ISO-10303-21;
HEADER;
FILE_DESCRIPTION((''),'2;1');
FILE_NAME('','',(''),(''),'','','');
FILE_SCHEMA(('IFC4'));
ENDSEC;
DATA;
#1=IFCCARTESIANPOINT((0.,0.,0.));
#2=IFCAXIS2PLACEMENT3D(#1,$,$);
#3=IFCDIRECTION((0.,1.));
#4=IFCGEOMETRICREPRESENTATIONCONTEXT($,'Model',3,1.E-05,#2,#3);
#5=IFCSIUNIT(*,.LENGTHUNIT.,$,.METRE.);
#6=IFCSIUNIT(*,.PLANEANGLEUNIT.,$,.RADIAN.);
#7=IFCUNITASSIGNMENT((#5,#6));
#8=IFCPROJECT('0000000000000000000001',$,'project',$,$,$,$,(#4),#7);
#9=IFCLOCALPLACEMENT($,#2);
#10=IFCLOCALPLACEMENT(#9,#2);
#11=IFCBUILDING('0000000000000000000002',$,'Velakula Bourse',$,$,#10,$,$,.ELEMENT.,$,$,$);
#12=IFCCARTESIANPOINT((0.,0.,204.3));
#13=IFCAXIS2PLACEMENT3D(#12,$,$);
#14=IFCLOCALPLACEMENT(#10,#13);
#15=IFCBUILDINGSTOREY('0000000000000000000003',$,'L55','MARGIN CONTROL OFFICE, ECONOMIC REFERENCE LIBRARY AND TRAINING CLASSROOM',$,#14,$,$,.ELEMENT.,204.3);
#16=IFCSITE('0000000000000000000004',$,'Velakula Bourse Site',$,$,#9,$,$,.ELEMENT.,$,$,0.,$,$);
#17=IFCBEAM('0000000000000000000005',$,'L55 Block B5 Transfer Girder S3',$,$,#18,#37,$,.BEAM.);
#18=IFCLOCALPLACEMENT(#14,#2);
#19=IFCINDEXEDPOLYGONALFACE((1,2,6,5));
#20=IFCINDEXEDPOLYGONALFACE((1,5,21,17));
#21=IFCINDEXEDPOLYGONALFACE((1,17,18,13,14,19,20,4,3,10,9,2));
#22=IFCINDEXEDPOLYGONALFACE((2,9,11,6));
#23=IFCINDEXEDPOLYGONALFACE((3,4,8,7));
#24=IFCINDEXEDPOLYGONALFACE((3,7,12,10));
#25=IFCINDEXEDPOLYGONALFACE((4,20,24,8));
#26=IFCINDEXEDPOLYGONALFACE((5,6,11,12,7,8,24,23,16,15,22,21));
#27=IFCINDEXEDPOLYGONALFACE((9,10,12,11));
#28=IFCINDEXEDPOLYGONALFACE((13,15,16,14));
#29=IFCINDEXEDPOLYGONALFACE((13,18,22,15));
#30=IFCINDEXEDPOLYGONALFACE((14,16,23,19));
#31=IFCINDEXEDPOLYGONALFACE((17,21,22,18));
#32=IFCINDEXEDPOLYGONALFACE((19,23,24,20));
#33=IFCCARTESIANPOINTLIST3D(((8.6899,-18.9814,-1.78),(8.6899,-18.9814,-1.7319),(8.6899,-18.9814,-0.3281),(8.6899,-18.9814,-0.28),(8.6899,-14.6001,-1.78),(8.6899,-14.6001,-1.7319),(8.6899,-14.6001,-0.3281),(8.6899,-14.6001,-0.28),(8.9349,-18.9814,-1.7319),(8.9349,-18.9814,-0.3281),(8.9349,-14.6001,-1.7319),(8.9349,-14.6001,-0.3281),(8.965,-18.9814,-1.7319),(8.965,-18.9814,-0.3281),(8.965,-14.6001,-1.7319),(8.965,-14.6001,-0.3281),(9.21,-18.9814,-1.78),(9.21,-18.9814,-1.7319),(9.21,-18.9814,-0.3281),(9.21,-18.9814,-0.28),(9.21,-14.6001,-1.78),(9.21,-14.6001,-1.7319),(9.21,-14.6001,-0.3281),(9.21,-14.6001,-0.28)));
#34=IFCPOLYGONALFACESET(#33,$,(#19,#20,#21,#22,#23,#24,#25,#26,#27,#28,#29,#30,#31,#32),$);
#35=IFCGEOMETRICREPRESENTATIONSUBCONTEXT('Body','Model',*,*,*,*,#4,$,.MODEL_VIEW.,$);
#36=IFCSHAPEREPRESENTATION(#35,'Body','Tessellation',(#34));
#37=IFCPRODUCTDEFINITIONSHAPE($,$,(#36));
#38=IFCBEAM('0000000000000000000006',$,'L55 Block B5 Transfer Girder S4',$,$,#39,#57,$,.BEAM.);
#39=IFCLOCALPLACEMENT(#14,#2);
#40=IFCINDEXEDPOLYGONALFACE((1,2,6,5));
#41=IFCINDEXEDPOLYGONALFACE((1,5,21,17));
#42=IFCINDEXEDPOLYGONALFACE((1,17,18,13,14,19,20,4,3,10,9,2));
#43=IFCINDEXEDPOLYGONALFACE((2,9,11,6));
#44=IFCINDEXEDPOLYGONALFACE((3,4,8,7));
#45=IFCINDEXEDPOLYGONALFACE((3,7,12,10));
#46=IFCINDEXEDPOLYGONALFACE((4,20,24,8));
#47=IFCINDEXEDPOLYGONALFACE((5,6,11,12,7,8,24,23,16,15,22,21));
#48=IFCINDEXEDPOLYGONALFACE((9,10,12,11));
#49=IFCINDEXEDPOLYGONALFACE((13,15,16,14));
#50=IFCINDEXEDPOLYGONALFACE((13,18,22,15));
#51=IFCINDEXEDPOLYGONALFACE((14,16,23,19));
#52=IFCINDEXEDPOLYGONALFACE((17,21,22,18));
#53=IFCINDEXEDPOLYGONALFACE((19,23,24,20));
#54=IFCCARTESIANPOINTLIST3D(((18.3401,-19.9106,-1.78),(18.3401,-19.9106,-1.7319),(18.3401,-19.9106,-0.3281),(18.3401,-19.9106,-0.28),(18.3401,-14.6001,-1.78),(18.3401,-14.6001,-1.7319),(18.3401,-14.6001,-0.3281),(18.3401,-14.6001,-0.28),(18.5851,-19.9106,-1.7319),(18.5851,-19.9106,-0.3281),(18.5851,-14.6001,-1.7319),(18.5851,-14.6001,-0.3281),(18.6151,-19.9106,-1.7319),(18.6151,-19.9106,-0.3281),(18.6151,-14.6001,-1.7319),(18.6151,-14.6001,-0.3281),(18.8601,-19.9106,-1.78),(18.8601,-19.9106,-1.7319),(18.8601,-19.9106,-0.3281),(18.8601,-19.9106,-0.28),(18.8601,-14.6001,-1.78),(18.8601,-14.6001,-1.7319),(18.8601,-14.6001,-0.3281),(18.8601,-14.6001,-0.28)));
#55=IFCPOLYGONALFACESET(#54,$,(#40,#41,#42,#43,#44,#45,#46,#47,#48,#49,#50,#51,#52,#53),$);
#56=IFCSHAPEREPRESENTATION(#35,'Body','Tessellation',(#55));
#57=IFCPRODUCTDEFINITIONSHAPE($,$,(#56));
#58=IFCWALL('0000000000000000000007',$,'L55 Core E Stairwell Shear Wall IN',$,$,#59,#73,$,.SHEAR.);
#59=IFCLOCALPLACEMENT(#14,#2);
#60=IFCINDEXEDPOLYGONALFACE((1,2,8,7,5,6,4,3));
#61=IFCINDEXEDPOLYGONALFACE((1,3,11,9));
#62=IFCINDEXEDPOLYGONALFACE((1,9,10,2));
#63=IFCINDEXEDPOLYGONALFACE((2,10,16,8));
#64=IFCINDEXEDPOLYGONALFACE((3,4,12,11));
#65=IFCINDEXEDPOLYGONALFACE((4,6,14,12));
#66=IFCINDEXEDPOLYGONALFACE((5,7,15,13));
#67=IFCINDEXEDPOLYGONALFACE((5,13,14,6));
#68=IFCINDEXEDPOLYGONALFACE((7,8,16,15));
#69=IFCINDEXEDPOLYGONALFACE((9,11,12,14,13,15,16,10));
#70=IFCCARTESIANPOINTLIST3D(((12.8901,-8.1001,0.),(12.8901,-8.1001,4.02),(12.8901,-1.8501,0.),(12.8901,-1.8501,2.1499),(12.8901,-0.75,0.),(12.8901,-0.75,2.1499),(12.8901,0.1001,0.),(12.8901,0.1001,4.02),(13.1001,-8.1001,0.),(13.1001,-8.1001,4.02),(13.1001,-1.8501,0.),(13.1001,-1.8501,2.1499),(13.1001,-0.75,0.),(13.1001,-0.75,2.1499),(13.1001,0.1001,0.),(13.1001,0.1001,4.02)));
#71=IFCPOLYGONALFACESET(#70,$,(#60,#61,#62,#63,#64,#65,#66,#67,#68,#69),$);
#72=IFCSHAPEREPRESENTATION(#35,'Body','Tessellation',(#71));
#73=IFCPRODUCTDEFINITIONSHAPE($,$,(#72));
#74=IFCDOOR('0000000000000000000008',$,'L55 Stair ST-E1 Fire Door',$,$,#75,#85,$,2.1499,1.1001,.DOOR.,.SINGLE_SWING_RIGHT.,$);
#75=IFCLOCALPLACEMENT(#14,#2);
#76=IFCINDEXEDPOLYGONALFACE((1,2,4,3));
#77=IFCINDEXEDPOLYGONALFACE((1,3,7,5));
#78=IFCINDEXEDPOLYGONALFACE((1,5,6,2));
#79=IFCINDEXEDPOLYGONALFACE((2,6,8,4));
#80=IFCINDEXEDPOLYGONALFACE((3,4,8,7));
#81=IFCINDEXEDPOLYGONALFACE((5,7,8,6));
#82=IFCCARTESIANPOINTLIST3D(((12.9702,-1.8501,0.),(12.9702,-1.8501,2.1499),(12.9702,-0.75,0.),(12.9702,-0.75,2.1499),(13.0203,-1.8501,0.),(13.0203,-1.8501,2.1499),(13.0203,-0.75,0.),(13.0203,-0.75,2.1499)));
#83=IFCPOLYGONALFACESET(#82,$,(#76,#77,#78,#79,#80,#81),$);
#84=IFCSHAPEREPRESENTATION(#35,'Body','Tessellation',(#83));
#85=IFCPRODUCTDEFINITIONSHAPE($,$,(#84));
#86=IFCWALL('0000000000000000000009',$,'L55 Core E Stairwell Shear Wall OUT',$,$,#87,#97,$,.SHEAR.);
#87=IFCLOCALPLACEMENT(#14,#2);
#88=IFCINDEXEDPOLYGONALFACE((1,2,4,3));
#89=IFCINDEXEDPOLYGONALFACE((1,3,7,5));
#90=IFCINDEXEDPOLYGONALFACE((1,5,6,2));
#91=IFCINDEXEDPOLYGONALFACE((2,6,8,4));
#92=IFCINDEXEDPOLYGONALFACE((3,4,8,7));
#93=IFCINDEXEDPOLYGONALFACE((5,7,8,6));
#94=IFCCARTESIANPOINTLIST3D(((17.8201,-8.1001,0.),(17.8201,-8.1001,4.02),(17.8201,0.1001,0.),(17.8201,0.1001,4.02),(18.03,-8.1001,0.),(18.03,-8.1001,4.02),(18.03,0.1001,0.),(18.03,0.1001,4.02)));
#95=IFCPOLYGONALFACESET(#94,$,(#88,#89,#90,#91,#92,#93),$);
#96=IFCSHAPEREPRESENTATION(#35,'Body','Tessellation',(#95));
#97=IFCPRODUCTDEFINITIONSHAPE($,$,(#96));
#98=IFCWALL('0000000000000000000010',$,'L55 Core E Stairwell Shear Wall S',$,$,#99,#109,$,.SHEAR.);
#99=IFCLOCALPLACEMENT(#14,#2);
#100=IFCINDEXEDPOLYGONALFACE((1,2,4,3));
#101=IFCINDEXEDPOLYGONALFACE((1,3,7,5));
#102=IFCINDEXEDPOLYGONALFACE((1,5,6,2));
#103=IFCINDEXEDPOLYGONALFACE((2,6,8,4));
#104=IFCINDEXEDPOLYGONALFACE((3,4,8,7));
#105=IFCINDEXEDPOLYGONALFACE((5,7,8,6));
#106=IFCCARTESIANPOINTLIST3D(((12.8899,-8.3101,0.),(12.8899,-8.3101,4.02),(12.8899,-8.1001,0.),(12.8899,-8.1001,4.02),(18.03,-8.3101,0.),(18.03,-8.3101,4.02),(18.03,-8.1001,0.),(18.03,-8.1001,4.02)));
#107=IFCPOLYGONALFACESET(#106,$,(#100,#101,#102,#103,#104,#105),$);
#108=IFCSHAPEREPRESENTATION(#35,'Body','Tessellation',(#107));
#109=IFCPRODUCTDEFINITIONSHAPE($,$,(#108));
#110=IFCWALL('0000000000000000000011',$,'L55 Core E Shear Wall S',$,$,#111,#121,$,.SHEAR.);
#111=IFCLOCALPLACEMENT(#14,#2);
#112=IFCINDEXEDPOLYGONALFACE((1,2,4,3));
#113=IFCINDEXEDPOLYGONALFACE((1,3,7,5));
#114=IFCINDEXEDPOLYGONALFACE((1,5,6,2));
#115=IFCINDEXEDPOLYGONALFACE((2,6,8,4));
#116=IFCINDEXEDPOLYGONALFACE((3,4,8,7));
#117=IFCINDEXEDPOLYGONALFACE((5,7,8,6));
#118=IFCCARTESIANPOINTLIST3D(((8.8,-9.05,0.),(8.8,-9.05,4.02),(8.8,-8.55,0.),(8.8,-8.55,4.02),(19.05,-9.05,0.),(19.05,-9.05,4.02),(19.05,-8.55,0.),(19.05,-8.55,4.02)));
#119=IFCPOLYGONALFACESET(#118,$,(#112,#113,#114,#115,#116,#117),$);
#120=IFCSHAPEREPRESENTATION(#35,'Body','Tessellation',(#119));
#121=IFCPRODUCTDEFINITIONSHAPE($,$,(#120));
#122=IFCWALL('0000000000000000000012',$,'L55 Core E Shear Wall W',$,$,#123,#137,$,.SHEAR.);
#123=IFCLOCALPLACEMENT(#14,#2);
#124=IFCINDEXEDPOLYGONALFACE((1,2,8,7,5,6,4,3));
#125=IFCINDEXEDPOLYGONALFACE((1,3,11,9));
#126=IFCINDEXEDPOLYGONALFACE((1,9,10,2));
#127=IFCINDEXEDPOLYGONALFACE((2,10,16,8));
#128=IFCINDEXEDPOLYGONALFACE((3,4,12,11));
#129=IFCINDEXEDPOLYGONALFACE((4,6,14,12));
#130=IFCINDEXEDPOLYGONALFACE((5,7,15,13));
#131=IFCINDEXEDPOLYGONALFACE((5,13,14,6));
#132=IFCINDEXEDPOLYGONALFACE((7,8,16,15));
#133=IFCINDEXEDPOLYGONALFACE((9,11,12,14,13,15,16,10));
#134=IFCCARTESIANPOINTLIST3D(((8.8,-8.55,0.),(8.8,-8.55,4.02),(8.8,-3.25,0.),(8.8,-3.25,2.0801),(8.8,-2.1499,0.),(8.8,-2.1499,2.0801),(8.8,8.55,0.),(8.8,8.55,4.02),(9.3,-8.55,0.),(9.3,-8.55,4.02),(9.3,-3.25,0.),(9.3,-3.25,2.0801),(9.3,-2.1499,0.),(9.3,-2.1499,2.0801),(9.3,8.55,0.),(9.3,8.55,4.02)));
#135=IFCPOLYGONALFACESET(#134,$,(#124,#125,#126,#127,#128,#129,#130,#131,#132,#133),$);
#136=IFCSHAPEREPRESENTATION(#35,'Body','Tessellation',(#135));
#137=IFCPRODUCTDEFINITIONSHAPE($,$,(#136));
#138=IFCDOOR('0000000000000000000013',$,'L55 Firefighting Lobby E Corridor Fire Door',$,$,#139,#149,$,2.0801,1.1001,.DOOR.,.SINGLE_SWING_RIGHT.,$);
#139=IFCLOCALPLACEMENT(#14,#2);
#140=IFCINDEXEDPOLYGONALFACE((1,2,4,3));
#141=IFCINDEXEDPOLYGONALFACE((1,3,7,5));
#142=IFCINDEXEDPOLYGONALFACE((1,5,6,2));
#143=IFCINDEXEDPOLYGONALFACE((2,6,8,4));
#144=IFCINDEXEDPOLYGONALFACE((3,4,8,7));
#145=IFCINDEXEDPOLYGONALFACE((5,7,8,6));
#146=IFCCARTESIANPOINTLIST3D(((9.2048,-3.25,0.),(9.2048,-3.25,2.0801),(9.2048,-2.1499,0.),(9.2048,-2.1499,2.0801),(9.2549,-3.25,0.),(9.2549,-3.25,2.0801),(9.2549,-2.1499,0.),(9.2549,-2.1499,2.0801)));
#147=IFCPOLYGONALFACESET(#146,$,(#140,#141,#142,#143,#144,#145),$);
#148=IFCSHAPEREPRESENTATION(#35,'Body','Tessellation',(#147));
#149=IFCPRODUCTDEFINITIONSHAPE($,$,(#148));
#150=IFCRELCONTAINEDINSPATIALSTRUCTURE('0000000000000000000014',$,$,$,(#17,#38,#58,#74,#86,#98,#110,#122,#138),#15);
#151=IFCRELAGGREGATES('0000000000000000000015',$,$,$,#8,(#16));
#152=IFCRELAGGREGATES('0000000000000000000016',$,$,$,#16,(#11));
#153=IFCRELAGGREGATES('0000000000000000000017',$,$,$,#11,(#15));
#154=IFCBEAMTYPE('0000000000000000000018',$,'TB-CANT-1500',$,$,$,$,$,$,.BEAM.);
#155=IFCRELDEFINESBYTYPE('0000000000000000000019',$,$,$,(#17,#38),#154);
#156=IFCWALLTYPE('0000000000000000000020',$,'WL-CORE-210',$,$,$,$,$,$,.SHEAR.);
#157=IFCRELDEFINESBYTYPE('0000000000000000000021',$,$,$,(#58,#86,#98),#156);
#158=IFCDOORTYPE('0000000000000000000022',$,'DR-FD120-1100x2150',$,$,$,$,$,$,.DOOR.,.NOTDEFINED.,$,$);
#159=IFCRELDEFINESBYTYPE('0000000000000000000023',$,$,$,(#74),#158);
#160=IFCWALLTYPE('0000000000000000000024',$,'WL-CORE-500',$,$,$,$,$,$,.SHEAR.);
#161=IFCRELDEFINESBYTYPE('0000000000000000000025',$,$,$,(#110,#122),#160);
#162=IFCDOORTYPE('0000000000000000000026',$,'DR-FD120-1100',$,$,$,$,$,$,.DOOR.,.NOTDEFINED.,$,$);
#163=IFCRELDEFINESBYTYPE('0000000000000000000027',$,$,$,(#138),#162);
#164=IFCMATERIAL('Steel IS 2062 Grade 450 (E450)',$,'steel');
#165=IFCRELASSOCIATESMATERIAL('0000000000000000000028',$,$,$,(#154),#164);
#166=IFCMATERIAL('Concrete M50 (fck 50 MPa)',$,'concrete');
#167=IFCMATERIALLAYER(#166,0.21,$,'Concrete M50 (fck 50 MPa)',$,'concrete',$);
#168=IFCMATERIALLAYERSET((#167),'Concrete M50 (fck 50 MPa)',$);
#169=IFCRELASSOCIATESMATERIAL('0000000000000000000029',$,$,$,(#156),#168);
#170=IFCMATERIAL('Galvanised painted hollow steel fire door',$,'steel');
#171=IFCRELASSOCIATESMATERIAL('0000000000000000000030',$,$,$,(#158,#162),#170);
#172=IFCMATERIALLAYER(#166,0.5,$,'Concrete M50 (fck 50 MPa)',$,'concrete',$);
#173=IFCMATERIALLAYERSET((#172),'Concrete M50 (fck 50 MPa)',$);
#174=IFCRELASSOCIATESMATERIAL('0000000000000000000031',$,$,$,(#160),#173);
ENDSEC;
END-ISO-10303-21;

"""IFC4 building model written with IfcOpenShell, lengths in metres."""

from ifc_helpers import new_model, si_unit, direction, frame, frame_2d, origin, origin_2d, place, context, subcontext, project, spatial, rectangle, i_section, extrude, material, layer, layer_set, material_profile, profile_set, type_object, element, fill, save


model = new_model("IFC4")

# Units and contexts
model_context = context("Model", 3, precision=1e-05, world=origin(), true_north=direction((0.0, 1.0)))
body_context = subcontext(model_context, "Body", "Model", "MODEL_VIEW")
ifc_project = project(units=[si_unit("LENGTHUNIT", "METRE"), si_unit("PLANEANGLEUNIT", "RADIAN")], contexts=[model_context])

# Site, building, storey
site_placement = place(None, origin())
site = spatial("IfcSite", under=ifc_project, at=site_placement, Name="Velakula Bourse Site", CompositionType="ELEMENT", RefElevation=0.0)
building_placement = place(site_placement, origin())
building = spatial("IfcBuilding", under=site, at=building_placement, Name="Velakula Bourse", CompositionType="ELEMENT")
storey_placement = place(building_placement, frame((0.0, 0.0, 204.3)))
storey = spatial("IfcBuildingStorey", under=building, at=storey_placement, Name="L55", Description="MARGIN CONTROL OFFICE, ECONOMIC REFERENCE LIBRARY AND TRAINING CLASSROOM", CompositionType="ELEMENT", Elevation=204.3)

# Shared definitions
ifc_material_1 = material(Name="Concrete M50 (fck 50 MPa)", Category="concrete")

# Beams
ifc_material_2 = material(Name="Steel IS 2062 Grade 450 (E450)", Category="steel")
ifc_material_profile_1 = material_profile(ifc_material_2, i_section(OverallWidth=0.52, OverallDepth=1.5, WebThickness=0.03, FlangeThickness=0.0481, at=origin_2d()), Name="Steel IS 2062 Grade 450 (E450)")
ifc_profile_set_1 = profile_set([ifc_material_profile_1], Name="Steel IS 2062 Grade 450 (E450)")
beam_type_1 = type_object("IfcBeamType", Name="TB-CANT-1500", PredefinedType="BEAM", material=ifc_profile_set_1)
beam_1_placement = place(storey_placement, frame((8.95, -18.9814, -1.03), z_axis=(0.0, 1.0, 0.0), x_axis=(-1.0, 0.0, 0.0)))
element("IfcBeam", 1, at=beam_1_placement, inside=storey, type_object=beam_type_1, Name="L55 Block B5 Transfer Girder S3", PredefinedType="BEAM", context=body_context, shape_type="SweptSolid", body=[
    extrude(i_section(OverallWidth=0.52, OverallDepth=1.5, WebThickness=0.03, FlangeThickness=0.0481, at=origin_2d()), origin(), (0.0, 0.0, 1.0), 4.3813),
])
beam_2_placement = place(storey_placement, frame((18.6001, -19.9106, -1.03), z_axis=(0.0, 1.0, 0.0), x_axis=(-1.0, 0.0, 0.0)))
element("IfcBeam", 2, at=beam_2_placement, inside=storey, type_object=beam_type_1, Name="L55 Block B5 Transfer Girder S4", PredefinedType="BEAM", context=body_context, shape_type="SweptSolid", body=[
    extrude(i_section(OverallWidth=0.52, OverallDepth=1.5, WebThickness=0.03, FlangeThickness=0.0481, at=origin_2d()), origin(), (0.0, 0.0, 1.0), 5.3105),
])

# Wall, opening, door
ifc_layer_1 = layer(ifc_material_1, 0.21, Name="Concrete M50 (fck 50 MPa)", Category="concrete")
ifc_layer_set_1 = layer_set([ifc_layer_1], Name="Concrete M50 (fck 50 MPa)")
wall_type_1 = type_object("IfcWallType", Name="WL-CORE-210", PredefinedType="SHEAR", material=ifc_layer_set_1)
wall_1_placement = place(storey_placement, frame((12.9951, -8.1001, 0.0), z_axis=(0.0, 0.0, 1.0), x_axis=(0.0, 1.0, 0.0)))
wall_1 = element("IfcWall", 3, at=wall_1_placement, inside=storey, type_object=wall_type_1, Name="L55 Core E Stairwell Shear Wall IN", PredefinedType="SHEAR", context=body_context, shape_type="SweptSolid", body=[
    extrude(rectangle(XDim=8.2002, YDim=0.21, at=frame_2d((4.1001, 0.0))), origin(), (0.0, 0.0, 1.0), 4.02),
])
opening_1_placement = place(wall_1_placement, frame((6.25, 0.0, 0.0)))
opening_1 = element("IfcOpeningElement", 4, at=opening_1_placement, cuts=wall_1, PredefinedType="OPENING", context=body_context, shape_type="SweptSolid", body=[
    extrude(rectangle(XDim=1.1001, YDim=2.1499, at=frame_2d((0.55, 1.075))), frame((0.0, 0.115, 0.0), z_axis=(0.0, -1.0, 0.0), x_axis=(1.0, 0.0, 0.0)), (0.0, 0.0, 1.0), 0.23),
])
ifc_material_3 = material(Name="Galvanised painted hollow steel fire door", Category="steel")
door_type_1 = type_object("IfcDoorType", Name="DR-FD120-1100x2150", OperationType="NOTDEFINED", PredefinedType="DOOR", material=ifc_material_3)
door_1_placement = place(opening_1_placement, origin())
door_1 = element("IfcDoor", 5, at=door_1_placement, inside=storey, type_object=door_type_1, Name="L55 Stair ST-E1 Fire Door", OperationType="SINGLE_SWING_RIGHT", OverallHeight=2.1499, OverallWidth=1.1001, PredefinedType="DOOR", context=body_context, shape_type="SweptSolid", body=[
    extrude(rectangle(XDim=1.1001, YDim=2.1499, at=frame_2d((0.55, 1.075))), frame((0.0, 0.0249, 0.0), z_axis=(0.0, -1.0, 0.0), x_axis=(1.0, 0.0, 0.0)), (0.0, 0.0, 1.0), 0.05),
])
fill(opening_1, door_1)

# Walls
wall_2_placement = place(storey_placement, frame((17.925, -8.1001, 0.0), z_axis=(0.0, 0.0, 1.0), x_axis=(0.0, 1.0, 0.0)))
element("IfcWall", 6, at=wall_2_placement, inside=storey, type_object=wall_type_1, Name="L55 Core E Stairwell Shear Wall OUT", PredefinedType="SHEAR", context=body_context, shape_type="SweptSolid", body=[
    extrude(rectangle(XDim=8.2002, YDim=0.21, at=frame_2d((4.1001, 0.0))), origin(), (0.0, 0.0, 1.0), 4.02),
])
wall_3_placement = place(storey_placement, frame((12.8899, -8.2051, 0.0), z_axis=(0.0, 0.0, 1.0), x_axis=(1.0, 0.0, 0.0)))
element("IfcWall", 7, at=wall_3_placement, inside=storey, type_object=wall_type_1, Name="L55 Core E Stairwell Shear Wall S", PredefinedType="SHEAR", context=body_context, shape_type="SweptSolid", body=[
    extrude(rectangle(XDim=5.1401, YDim=0.21, at=frame_2d((2.5701, 0.0))), origin(), (0.0, 0.0, 1.0), 4.02),
])
ifc_layer_2 = layer(ifc_material_1, 0.5, Name="Concrete M50 (fck 50 MPa)", Category="concrete")
ifc_layer_set_2 = layer_set([ifc_layer_2], Name="Concrete M50 (fck 50 MPa)")
wall_type_2 = type_object("IfcWallType", Name="WL-CORE-500", PredefinedType="SHEAR", material=ifc_layer_set_2)
wall_4_placement = place(storey_placement, frame((8.8, -8.8, 0.0), z_axis=(0.0, 0.0, 1.0), x_axis=(1.0, 0.0, 0.0)))
element("IfcWall", 8, at=wall_4_placement, inside=storey, type_object=wall_type_2, Name="L55 Core E Shear Wall S", PredefinedType="SHEAR", context=body_context, shape_type="SweptSolid", body=[
    extrude(rectangle(XDim=10.25, YDim=0.5, at=frame_2d((5.125, 0.0))), origin(), (0.0, 0.0, 1.0), 4.02),
])

# Wall, opening, door
wall_5_placement = place(storey_placement, frame((9.05, -8.55, 0.0), z_axis=(0.0, 0.0, 1.0), x_axis=(0.0, 1.0, 0.0)))
wall_5 = element("IfcWall", 9, at=wall_5_placement, inside=storey, type_object=wall_type_2, Name="L55 Core E Shear Wall W", PredefinedType="SHEAR", context=body_context, shape_type="SweptSolid", body=[
    extrude(rectangle(XDim=17.1001, YDim=0.5, at=frame_2d((8.55, 0.0))), origin(), (0.0, 0.0, 1.0), 4.02),
])
opening_2_placement = place(wall_5_placement, frame((5.3, 0.0, 0.0)))
opening_2 = element("IfcOpeningElement", 10, at=opening_2_placement, cuts=wall_5, PredefinedType="OPENING", context=body_context, shape_type="SweptSolid", body=[
    extrude(rectangle(XDim=1.1001, YDim=2.0801, at=frame_2d((0.55, 1.04))), frame((0.0, 0.26, 0.0), z_axis=(0.0, -1.0, 0.0), x_axis=(1.0, 0.0, 0.0)), (0.0, 0.0, 1.0), 0.52),
])
door_type_2 = type_object("IfcDoorType", Name="DR-FD120-1100", OperationType="NOTDEFINED", PredefinedType="DOOR", material=ifc_material_3)
door_2_placement = place(opening_2_placement, origin())
door_2 = element("IfcDoor", 11, at=door_2_placement, inside=storey, type_object=door_type_2, Name="L55 Firefighting Lobby E Corridor Fire Door", OperationType="SINGLE_SWING_RIGHT", OverallHeight=2.0801, OverallWidth=1.1001, PredefinedType="DOOR", context=body_context, shape_type="SweptSolid", body=[
    extrude(rectangle(XDim=1.1001, YDim=2.0801, at=frame_2d((0.55, 1.04))), frame((0.0, -0.1548, 0.0), z_axis=(0.0, -1.0, 0.0), x_axis=(1.0, 0.0, 0.0)), (0.0, 0.0, 1.0), 0.05),
])
fill(opening_2, door_2)

save(model, "model.ifc")
